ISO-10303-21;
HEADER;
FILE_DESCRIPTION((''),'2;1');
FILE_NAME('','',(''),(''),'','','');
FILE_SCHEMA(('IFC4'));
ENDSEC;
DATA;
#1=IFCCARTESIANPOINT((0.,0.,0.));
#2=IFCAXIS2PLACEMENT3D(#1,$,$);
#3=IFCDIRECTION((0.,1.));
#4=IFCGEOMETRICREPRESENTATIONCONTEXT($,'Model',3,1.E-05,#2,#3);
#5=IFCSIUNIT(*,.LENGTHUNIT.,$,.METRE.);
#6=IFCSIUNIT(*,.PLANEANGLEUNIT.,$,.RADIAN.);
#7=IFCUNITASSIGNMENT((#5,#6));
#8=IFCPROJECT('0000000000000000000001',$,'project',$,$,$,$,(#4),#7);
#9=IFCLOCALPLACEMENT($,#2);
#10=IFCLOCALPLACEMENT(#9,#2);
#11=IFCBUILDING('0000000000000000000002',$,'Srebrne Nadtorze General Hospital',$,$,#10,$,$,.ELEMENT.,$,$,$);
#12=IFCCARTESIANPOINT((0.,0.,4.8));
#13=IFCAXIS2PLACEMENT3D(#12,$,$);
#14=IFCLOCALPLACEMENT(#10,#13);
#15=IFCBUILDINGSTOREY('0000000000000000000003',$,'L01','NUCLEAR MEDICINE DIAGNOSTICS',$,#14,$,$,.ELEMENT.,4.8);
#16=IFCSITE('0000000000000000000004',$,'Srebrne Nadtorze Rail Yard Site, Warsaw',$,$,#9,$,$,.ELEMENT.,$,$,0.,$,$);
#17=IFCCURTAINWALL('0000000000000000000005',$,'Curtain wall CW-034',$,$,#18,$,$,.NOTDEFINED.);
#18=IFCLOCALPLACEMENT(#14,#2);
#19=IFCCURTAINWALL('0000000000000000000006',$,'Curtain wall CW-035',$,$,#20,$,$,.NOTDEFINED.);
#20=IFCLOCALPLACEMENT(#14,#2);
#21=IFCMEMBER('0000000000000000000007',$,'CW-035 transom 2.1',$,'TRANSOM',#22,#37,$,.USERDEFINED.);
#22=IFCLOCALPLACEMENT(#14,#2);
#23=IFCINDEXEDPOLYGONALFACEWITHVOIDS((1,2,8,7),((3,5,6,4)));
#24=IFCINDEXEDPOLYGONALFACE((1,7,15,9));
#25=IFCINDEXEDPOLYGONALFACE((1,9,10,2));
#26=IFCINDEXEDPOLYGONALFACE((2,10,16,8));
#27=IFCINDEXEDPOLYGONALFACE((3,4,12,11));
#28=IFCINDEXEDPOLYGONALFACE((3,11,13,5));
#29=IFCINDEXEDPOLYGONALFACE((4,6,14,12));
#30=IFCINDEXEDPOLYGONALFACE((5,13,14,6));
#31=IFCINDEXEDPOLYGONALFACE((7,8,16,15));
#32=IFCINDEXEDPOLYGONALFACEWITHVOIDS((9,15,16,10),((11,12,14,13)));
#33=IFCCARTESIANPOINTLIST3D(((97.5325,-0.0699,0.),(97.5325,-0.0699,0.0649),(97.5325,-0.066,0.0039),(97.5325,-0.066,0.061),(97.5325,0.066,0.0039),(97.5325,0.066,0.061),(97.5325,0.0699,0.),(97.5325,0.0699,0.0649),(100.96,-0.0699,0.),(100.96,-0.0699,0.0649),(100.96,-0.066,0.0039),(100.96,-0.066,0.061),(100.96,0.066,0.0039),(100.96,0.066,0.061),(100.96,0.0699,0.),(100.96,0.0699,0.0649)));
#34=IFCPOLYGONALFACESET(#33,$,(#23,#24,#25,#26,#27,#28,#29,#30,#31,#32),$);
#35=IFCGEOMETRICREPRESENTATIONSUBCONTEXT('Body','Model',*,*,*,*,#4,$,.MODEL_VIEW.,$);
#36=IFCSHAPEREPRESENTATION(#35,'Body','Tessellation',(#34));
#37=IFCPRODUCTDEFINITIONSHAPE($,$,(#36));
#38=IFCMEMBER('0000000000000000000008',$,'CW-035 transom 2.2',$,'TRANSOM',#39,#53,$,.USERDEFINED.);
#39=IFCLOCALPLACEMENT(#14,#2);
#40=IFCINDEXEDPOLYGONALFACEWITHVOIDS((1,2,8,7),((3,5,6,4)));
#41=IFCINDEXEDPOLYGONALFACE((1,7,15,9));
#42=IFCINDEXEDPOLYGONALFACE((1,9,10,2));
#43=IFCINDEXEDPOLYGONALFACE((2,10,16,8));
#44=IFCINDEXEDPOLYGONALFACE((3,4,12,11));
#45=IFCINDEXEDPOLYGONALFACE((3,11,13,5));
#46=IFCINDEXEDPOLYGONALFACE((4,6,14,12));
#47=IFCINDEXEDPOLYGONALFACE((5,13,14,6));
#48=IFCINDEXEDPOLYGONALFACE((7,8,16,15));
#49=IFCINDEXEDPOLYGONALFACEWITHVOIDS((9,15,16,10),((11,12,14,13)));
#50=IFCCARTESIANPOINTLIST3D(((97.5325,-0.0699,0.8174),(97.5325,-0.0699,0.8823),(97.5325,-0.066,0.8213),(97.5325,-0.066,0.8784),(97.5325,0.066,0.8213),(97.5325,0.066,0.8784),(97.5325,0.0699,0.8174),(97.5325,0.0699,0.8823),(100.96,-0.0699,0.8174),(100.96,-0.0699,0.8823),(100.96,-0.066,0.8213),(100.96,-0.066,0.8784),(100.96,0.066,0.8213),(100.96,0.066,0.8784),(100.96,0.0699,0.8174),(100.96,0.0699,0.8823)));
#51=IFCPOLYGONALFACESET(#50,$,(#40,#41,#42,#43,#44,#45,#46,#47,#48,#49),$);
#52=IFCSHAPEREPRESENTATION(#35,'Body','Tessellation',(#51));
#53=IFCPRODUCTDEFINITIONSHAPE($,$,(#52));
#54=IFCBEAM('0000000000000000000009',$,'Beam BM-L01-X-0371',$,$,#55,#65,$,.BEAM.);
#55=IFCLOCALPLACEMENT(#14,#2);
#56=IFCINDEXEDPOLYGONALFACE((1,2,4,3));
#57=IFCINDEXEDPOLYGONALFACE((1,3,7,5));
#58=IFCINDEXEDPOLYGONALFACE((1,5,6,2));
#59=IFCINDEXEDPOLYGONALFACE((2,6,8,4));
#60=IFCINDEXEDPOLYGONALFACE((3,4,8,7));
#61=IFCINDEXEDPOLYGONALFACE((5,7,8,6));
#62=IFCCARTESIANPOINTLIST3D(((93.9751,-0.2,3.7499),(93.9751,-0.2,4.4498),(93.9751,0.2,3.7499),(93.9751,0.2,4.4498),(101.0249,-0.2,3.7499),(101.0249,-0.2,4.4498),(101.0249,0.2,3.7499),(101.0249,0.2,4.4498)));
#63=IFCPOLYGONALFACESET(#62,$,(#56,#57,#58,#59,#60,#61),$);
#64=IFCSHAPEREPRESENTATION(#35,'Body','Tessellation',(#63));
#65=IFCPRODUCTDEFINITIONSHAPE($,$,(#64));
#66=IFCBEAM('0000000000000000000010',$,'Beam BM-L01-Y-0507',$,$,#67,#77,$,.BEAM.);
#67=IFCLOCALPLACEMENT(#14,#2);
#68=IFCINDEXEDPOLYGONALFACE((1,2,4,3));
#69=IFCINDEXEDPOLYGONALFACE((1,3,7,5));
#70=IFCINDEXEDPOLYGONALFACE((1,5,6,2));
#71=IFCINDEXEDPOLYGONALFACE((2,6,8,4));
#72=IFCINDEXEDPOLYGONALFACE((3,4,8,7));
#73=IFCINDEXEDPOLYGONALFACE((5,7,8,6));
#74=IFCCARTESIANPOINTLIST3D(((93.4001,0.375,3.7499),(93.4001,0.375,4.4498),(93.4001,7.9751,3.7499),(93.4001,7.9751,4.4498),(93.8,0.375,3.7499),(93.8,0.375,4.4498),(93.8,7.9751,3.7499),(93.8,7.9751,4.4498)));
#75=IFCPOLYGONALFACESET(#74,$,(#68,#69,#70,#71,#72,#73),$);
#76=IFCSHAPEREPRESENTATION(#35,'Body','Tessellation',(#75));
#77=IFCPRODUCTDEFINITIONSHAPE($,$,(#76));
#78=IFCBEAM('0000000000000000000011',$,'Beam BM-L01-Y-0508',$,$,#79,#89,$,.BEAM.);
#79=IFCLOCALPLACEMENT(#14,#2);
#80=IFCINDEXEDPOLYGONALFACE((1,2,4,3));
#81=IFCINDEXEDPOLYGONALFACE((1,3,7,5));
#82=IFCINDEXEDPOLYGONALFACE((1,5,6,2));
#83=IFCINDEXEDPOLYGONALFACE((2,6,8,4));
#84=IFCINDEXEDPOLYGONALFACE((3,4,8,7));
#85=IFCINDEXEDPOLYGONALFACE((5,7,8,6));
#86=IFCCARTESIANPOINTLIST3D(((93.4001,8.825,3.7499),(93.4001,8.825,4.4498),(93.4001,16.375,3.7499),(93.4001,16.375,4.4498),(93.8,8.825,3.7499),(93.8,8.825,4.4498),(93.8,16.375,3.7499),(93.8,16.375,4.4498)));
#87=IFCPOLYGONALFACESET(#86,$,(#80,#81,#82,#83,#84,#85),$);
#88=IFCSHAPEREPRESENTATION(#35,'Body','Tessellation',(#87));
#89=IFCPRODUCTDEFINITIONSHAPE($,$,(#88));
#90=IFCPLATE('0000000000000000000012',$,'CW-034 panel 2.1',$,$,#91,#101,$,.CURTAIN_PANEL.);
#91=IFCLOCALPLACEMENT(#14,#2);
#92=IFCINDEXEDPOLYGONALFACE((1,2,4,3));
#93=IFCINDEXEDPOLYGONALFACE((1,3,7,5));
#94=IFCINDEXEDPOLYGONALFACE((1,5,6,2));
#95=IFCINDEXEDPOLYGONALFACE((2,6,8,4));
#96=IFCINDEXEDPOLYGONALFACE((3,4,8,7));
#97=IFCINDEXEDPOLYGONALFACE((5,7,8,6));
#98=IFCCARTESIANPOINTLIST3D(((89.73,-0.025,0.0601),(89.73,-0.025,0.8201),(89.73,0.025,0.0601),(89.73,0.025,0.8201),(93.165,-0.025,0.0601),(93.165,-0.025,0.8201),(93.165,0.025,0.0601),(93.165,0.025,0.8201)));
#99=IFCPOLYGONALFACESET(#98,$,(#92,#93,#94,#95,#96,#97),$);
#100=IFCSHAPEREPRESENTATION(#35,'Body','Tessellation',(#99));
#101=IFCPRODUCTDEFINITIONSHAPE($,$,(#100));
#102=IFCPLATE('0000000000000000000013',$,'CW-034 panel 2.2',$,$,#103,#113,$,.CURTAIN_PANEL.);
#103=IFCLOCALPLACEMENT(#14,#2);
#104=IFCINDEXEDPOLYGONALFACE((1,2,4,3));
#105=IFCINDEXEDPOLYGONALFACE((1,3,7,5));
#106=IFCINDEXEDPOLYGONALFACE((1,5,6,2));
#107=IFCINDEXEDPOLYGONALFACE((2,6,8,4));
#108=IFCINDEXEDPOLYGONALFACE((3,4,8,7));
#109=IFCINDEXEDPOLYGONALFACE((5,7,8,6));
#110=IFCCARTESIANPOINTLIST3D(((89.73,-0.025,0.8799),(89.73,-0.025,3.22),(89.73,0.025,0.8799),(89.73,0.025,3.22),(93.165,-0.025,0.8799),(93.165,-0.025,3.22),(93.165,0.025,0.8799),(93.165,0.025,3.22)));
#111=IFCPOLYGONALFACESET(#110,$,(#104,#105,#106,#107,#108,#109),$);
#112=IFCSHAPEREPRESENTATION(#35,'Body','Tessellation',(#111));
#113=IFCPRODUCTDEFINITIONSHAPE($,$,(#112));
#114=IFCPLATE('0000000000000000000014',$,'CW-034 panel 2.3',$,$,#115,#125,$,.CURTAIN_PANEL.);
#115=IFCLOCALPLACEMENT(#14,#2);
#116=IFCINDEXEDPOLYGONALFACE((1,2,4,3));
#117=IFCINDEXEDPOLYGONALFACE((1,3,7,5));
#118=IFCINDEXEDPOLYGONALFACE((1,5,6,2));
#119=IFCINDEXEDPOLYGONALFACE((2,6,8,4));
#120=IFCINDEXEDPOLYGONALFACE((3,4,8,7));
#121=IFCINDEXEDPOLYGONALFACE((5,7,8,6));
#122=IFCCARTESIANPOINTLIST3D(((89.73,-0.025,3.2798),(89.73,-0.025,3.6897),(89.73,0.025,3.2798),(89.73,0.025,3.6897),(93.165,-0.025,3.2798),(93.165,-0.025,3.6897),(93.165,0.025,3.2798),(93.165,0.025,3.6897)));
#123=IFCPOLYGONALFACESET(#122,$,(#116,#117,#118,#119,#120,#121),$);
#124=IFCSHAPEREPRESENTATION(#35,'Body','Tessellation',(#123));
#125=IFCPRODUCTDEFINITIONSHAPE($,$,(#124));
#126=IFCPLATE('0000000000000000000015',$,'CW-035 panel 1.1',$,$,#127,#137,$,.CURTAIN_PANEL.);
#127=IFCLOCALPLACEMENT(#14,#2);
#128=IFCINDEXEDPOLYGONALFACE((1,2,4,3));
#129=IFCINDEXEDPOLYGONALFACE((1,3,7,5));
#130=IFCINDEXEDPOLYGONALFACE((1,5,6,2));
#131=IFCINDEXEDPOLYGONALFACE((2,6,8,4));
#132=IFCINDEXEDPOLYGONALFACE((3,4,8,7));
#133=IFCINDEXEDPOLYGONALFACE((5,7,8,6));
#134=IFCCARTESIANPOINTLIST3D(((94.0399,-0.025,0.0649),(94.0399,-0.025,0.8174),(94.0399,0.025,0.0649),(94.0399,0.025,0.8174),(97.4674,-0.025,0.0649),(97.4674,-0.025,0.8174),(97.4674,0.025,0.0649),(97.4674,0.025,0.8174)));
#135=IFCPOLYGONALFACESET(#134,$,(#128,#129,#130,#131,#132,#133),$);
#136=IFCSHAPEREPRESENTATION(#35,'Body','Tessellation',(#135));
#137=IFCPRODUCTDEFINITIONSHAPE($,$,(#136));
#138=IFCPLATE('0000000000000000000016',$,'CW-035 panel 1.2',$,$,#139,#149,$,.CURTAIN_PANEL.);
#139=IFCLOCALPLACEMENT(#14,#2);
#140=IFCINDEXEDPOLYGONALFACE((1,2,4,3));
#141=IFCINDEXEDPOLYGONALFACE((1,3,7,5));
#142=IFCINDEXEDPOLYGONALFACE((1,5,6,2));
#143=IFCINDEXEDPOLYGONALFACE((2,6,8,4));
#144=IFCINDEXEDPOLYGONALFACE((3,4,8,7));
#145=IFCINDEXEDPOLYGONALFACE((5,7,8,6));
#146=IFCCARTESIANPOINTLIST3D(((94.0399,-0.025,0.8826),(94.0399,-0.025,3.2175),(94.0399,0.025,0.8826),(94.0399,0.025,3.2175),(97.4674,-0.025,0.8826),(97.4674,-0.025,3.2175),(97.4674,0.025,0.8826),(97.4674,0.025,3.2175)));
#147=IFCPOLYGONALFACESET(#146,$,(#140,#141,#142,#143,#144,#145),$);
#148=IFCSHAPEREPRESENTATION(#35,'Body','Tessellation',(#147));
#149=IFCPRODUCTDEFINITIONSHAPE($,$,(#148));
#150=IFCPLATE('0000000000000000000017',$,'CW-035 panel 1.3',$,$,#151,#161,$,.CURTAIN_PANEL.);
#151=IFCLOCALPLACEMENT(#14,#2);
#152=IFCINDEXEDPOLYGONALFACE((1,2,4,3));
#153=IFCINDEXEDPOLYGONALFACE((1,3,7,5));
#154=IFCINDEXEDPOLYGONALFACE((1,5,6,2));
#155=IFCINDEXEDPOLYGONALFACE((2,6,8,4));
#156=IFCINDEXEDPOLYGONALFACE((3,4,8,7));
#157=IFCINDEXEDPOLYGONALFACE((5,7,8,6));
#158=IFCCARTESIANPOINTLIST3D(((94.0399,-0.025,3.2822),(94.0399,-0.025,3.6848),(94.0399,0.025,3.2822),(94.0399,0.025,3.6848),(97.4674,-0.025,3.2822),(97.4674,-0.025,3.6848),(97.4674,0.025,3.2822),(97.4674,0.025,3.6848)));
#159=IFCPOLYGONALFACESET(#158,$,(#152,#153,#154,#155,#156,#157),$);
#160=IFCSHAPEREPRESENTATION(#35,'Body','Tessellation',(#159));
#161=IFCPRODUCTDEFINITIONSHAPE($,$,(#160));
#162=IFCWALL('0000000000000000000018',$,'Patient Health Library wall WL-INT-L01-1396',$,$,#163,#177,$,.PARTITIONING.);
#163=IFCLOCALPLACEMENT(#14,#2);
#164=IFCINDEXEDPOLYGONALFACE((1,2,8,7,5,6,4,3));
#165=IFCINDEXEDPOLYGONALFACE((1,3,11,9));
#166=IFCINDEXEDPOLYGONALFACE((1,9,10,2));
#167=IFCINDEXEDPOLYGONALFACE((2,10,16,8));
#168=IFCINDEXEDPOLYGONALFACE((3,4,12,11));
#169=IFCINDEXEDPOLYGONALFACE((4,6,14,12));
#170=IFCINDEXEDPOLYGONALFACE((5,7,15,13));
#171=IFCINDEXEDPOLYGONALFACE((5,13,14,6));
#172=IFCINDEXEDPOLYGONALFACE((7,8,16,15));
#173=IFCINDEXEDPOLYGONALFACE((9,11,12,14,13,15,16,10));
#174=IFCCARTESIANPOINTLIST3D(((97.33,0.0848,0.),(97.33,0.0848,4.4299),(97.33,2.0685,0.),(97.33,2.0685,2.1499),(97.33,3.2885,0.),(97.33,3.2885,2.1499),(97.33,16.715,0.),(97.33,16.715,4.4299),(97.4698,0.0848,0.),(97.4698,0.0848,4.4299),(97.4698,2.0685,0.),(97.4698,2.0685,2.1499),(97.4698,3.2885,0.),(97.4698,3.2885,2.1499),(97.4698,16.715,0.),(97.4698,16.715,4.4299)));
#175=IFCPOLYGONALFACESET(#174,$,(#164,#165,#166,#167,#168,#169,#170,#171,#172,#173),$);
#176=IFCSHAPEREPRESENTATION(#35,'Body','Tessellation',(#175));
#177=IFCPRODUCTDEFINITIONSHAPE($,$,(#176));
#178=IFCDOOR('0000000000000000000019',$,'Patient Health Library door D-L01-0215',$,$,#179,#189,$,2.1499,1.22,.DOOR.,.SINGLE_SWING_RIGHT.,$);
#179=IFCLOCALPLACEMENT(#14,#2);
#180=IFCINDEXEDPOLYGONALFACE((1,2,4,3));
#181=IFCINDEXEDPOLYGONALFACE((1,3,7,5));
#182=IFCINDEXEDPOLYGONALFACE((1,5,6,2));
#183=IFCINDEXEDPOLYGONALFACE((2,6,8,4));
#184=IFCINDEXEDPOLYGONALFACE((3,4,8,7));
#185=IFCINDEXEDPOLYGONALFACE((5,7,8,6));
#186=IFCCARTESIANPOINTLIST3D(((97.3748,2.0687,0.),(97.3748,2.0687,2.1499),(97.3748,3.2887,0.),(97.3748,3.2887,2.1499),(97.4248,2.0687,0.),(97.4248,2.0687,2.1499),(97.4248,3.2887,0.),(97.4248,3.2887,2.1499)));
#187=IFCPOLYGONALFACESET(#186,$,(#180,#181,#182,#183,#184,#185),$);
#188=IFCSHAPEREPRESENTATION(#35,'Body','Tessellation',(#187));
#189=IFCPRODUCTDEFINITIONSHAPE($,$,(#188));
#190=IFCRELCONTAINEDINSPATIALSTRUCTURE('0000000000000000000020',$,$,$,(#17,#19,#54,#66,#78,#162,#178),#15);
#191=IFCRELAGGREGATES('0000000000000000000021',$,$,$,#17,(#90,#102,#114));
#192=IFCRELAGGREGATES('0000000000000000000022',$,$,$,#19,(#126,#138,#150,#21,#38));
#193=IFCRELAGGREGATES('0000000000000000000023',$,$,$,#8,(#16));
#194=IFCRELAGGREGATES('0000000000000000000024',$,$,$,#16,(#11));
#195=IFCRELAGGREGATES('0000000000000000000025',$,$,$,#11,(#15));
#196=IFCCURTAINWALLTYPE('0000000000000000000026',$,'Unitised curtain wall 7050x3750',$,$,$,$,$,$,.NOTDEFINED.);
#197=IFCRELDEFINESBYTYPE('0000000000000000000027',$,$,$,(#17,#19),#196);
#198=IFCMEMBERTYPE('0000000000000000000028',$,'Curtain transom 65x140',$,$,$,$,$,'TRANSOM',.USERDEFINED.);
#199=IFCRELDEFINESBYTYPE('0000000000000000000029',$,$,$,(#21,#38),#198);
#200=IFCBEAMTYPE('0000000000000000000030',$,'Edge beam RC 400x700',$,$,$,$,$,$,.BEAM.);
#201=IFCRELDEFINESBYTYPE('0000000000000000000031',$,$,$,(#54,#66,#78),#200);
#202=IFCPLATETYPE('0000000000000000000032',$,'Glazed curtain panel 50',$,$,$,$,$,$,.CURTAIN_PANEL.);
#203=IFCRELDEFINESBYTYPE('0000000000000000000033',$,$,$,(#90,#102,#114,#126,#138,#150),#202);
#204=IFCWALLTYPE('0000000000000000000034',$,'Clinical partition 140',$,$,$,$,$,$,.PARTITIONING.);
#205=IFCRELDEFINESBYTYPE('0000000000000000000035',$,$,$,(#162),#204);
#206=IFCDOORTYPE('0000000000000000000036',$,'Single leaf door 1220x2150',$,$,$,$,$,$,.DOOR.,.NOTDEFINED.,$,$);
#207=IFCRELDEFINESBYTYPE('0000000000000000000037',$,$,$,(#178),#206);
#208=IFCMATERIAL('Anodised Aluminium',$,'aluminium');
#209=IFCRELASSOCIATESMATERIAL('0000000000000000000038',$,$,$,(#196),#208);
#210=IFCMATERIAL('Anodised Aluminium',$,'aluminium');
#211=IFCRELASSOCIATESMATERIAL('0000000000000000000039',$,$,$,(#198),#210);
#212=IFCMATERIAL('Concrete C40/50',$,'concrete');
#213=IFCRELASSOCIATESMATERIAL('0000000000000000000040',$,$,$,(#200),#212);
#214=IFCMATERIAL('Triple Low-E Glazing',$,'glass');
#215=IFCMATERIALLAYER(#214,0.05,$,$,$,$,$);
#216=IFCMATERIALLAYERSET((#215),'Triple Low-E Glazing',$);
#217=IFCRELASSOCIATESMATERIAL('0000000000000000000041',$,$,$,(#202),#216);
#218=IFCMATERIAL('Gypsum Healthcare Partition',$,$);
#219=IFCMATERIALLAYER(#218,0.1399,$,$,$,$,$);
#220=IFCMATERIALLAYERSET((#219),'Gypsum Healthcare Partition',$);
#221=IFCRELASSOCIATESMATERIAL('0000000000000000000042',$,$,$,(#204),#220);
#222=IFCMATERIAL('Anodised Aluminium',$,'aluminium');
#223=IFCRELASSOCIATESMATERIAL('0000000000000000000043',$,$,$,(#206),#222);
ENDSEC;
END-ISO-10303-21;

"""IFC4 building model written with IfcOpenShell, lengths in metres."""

from ifc_helpers import new_model, si_unit, direction, frame, frame_2d, origin, origin_2d, place, context, subcontext, project, spatial, rectangle, hollow_rectangle, extrude, material, layer, layer_set, material_profile, profile_set, type_object, element, fill, aggregate, save


model = new_model("IFC4")

# Units and contexts
model_context = context("Model", 3, precision=1e-05, world=origin(), true_north=direction((0.0, 1.0)))
body_context = subcontext(model_context, "Body", "Model", "MODEL_VIEW")
ifc_project = project(units=[si_unit("LENGTHUNIT", "METRE"), si_unit("PLANEANGLEUNIT", "RADIAN")], contexts=[model_context])

# Site, building, storey
site_placement = place(None, origin())
site = spatial("IfcSite", under=ifc_project, at=site_placement, Name="Srebrne Nadtorze Rail Yard Site, Warsaw", CompositionType="ELEMENT", RefElevation=0.0)
building_placement = place(site_placement, origin())
building = spatial("IfcBuilding", under=site, at=building_placement, Name="Srebrne Nadtorze General Hospital", CompositionType="ELEMENT")
storey_placement = place(building_placement, frame((0.0, 0.0, 4.8)))
storey = spatial("IfcBuildingStorey", under=building, at=storey_placement, Name="L01", Description="NUCLEAR MEDICINE DIAGNOSTICS", CompositionType="ELEMENT", Elevation=4.8)

# Curtain wall
ifc_material_1 = material(Name="Anodised Aluminium", Category="aluminium")
curtain_wall_type = type_object("IfcCurtainWallType", Name="Unitised curtain wall 7050x3750", PredefinedType="NOTDEFINED", material=ifc_material_1)
curtain_wall_1_placement = place(storey_placement, origin())
curtain_wall_1 = element("IfcCurtainWall", 1, at=curtain_wall_1_placement, inside=storey, type_object=curtain_wall_type, Name="Curtain wall CW-034", PredefinedType="NOTDEFINED")

# Curtain wall, members
curtain_wall_2_placement = place(storey_placement, origin())
curtain_wall_2 = element("IfcCurtainWall", 2, at=curtain_wall_2_placement, inside=storey, type_object=curtain_wall_type, Name="Curtain wall CW-035", PredefinedType="NOTDEFINED")
ifc_material_2 = material(Name="Anodised Aluminium", Category="aluminium")
ifc_material_profile_1 = material_profile(ifc_material_2, hollow_rectangle(XDim=0.0649, YDim=0.1399, WallThickness=0.0039, at=origin_2d()), Name="AL-TRN-65x140")
ifc_profile_set_1 = profile_set([ifc_material_profile_1], Name="Anodised Aluminium")
member_type_1 = type_object("IfcMemberType", Name="Curtain transom 65x140", ElementType="TRANSOM", PredefinedType="USERDEFINED", material=ifc_profile_set_1)
member_1_placement = place(storey_placement, frame((97.5325, 0.0, 0.0325), z_axis=(1.0, 0.0, 0.0), x_axis=(0.0, 0.0, 1.0)))
member_1 = element("IfcMember", 3, at=member_1_placement, type_object=member_type_1, Name="CW-035 transom 2.1", ObjectType="TRANSOM", PredefinedType="USERDEFINED", context=body_context, shape_type="SweptSolid", body=[
    extrude(hollow_rectangle(XDim=0.0649, YDim=0.1399, WallThickness=0.0039, at=origin_2d()), origin(), (0.0, 0.0, 1.0), 3.4275),
])
member_2_placement = place(storey_placement, frame((97.5325, 0.0, 0.8499), z_axis=(1.0, 0.0, 0.0), x_axis=(0.0, 0.0, 1.0)))
member_2 = element("IfcMember", 4, at=member_2_placement, type_object=member_type_1, Name="CW-035 transom 2.2", ObjectType="TRANSOM", PredefinedType="USERDEFINED", context=body_context, shape_type="SweptSolid", body=[
    extrude(hollow_rectangle(XDim=0.0649, YDim=0.1399, WallThickness=0.0039, at=origin_2d()), origin(), (0.0, 0.0, 1.0), 3.4275),
])

# Beams
ifc_material_3 = material(Name="Concrete C40/50", Category="concrete")
ifc_material_profile_2 = material_profile(ifc_material_3, rectangle(XDim=0.3999, YDim=0.7, at=origin_2d()), Name="RC-BM-400x700")
ifc_profile_set_2 = profile_set([ifc_material_profile_2], Name="Concrete C40/50")
beam_type = type_object("IfcBeamType", Name="Edge beam RC 400x700", PredefinedType="BEAM", material=ifc_profile_set_2)
beam_1_placement = place(storey_placement, frame((93.9751, 0.0, 4.0999), z_axis=(1.0, 0.0, 0.0), x_axis=(0.0, 1.0, 0.0)))
element("IfcBeam", 5, at=beam_1_placement, inside=storey, type_object=beam_type, Name="Beam BM-L01-X-0371", PredefinedType="BEAM", context=body_context, shape_type="SweptSolid", body=[
    extrude(rectangle(XDim=0.3999, YDim=0.7, at=origin_2d()), origin(), (0.0, 0.0, 1.0), 7.0498),
])
beam_2_placement = place(storey_placement, frame((93.6001, 0.375, 4.0999), z_axis=(0.0, 1.0, 0.0), x_axis=(-1.0, 0.0, 0.0)))
element("IfcBeam", 6, at=beam_2_placement, inside=storey, type_object=beam_type, Name="Beam BM-L01-Y-0507", PredefinedType="BEAM", context=body_context, shape_type="SweptSolid", body=[
    extrude(rectangle(XDim=0.3999, YDim=0.7, at=origin_2d()), origin(), (0.0, 0.0, 1.0), 7.6001),
])
beam_3_placement = place(storey_placement, frame((93.6001, 8.825, 4.0999), z_axis=(0.0, 1.0, 0.0), x_axis=(-1.0, 0.0, 0.0)))
element("IfcBeam", 7, at=beam_3_placement, inside=storey, type_object=beam_type, Name="Beam BM-L01-Y-0508", PredefinedType="BEAM", context=body_context, shape_type="SweptSolid", body=[
    extrude(rectangle(XDim=0.3999, YDim=0.7, at=origin_2d()), origin(), (0.0, 0.0, 1.0), 7.55),
])

# Plates
ifc_material_4 = material(Name="Triple Low-E Glazing", Category="glass")
ifc_layer_1 = layer(ifc_material_4, 0.05)
ifc_layer_set_1 = layer_set([ifc_layer_1], Name="Triple Low-E Glazing")
plate_type = type_object("IfcPlateType", Name="Glazed curtain panel 50", PredefinedType="CURTAIN_PANEL", material=ifc_layer_set_1)
plate_1_placement = place(storey_placement, frame((91.4475, 0.0, 0.0601), z_axis=(0.0, 0.0, 1.0), x_axis=(1.0, 0.0, 0.0)))
plate_1 = element("IfcPlate", 8, at=plate_1_placement, type_object=plate_type, Name="CW-034 panel 2.1", PredefinedType="CURTAIN_PANEL", context=body_context, shape_type="SweptSolid", body=[
    extrude(rectangle(XDim=3.4351, YDim=0.05, at=origin_2d()), origin(), (0.0, 0.0, 1.0), 0.76),
])
plate_2_placement = place(storey_placement, frame((91.4475, 0.0, 0.8799), z_axis=(0.0, 0.0, 1.0), x_axis=(1.0, 0.0, 0.0)))
plate_2 = element("IfcPlate", 9, at=plate_2_placement, type_object=plate_type, Name="CW-034 panel 2.2", PredefinedType="CURTAIN_PANEL", context=body_context, shape_type="SweptSolid", body=[
    extrude(rectangle(XDim=3.4351, YDim=0.05, at=origin_2d()), origin(), (0.0, 0.0, 1.0), 2.3401),
])
plate_3_placement = place(storey_placement, frame((91.4475, 0.0, 3.2798), z_axis=(0.0, 0.0, 1.0), x_axis=(1.0, 0.0, 0.0)))
plate_3 = element("IfcPlate", 10, at=plate_3_placement, type_object=plate_type, Name="CW-034 panel 2.3", PredefinedType="CURTAIN_PANEL", context=body_context, shape_type="SweptSolid", body=[
    extrude(rectangle(XDim=3.4351, YDim=0.05, at=origin_2d()), origin(), (0.0, 0.0, 1.0), 0.4099),
])
aggregate(curtain_wall_1, [plate_1, plate_2, plate_3])
plate_4_placement = place(storey_placement, frame((95.7537, 0.0, 0.0649), z_axis=(0.0, 0.0, 1.0), x_axis=(1.0, 0.0, 0.0)))
plate_4 = element("IfcPlate", 11, at=plate_4_placement, type_object=plate_type, Name="CW-035 panel 1.1", PredefinedType="CURTAIN_PANEL", context=body_context, shape_type="SweptSolid", body=[
    extrude(rectangle(XDim=3.4275, YDim=0.05, at=origin_2d()), origin(), (0.0, 0.0, 1.0), 0.7524),
])
plate_5_placement = place(storey_placement, frame((95.7537, 0.0, 0.8826), z_axis=(0.0, 0.0, 1.0), x_axis=(1.0, 0.0, 0.0)))
plate_5 = element("IfcPlate", 12, at=plate_5_placement, type_object=plate_type, Name="CW-035 panel 1.2", PredefinedType="CURTAIN_PANEL", context=body_context, shape_type="SweptSolid", body=[
    extrude(rectangle(XDim=3.4275, YDim=0.05, at=origin_2d()), origin(), (0.0, 0.0, 1.0), 2.335),
])
plate_6_placement = place(storey_placement, frame((95.7537, 0.0, 3.2822), z_axis=(0.0, 0.0, 1.0), x_axis=(1.0, 0.0, 0.0)))
plate_6 = element("IfcPlate", 13, at=plate_6_placement, type_object=plate_type, Name="CW-035 panel 1.3", PredefinedType="CURTAIN_PANEL", context=body_context, shape_type="SweptSolid", body=[
    extrude(rectangle(XDim=3.4275, YDim=0.05, at=origin_2d()), origin(), (0.0, 0.0, 1.0), 0.4026),
])
aggregate(curtain_wall_2, [plate_4, plate_5, plate_6, member_1, member_2])

# Wall, opening, door
ifc_material_5 = material(Name="Gypsum Healthcare Partition")
ifc_layer_2 = layer(ifc_material_5, 0.1399)
ifc_layer_set_2 = layer_set([ifc_layer_2], Name="Gypsum Healthcare Partition")
wall_type = type_object("IfcWallType", Name="Clinical partition 140", PredefinedType="PARTITIONING", material=ifc_layer_set_2)
wall_placement = place(storey_placement, frame((97.3999, 0.085, 0.0), z_axis=(0.0, 0.0, 1.0), x_axis=(0.0, 1.0, 0.0)))
wall = element("IfcWall", 14, at=wall_placement, inside=storey, type_object=wall_type, Name="Patient Health Library wall WL-INT-L01-1396", PredefinedType="PARTITIONING", context=body_context, shape_type="SweptSolid", body=[
    extrude(rectangle(XDim=16.6301, YDim=0.1399, at=frame_2d((8.3149, 0.0))), origin(), (0.0, 0.0, 1.0), 4.4299),
])
opening_placement = place(wall_placement, frame((1.9836, 0.0, 0.0)))
opening = element("IfcOpeningElement", 15, at=opening_placement, cuts=wall, PredefinedType="OPENING", context=body_context, shape_type="SweptSolid", body=[
    extrude(rectangle(XDim=1.22, YDim=2.1499, at=frame_2d((0.6099, 1.075))), frame((0.0, 0.082, 0.0), z_axis=(0.0, -1.0, 0.0), x_axis=(1.0, 0.0, 0.0)), (0.0, 0.0, 1.0), 0.1638),
])
ifc_material_6 = material(Name="Anodised Aluminium", Category="aluminium")
door_type = type_object("IfcDoorType", Name="Single leaf door 1220x2150", OperationType="NOTDEFINED", PredefinedType="DOOR", material=ifc_material_6)
door_placement = place(opening_placement, frame((1.22, 0.0, 0.0), z_axis=(0.0, 0.0, 1.0), x_axis=(-1.0, 0.0, 0.0)))
door = element("IfcDoor", 16, at=door_placement, inside=storey, type_object=door_type, Name="Patient Health Library door D-L01-0215", OperationType="SINGLE_SWING_RIGHT", OverallHeight=2.1499, OverallWidth=1.22, PredefinedType="DOOR", context=body_context, shape_type="SweptSolid", body=[
    extrude(rectangle(XDim=1.22, YDim=2.1499, at=frame_2d((0.6099, 1.075))), frame((0.0, 0.0249, 0.0), z_axis=(0.0, -1.0, 0.0), x_axis=(1.0, 0.0, 0.0)), (0.0, 0.0, 1.0), 0.05),
])
fill(opening, door)

save(model, "model.ifc")
